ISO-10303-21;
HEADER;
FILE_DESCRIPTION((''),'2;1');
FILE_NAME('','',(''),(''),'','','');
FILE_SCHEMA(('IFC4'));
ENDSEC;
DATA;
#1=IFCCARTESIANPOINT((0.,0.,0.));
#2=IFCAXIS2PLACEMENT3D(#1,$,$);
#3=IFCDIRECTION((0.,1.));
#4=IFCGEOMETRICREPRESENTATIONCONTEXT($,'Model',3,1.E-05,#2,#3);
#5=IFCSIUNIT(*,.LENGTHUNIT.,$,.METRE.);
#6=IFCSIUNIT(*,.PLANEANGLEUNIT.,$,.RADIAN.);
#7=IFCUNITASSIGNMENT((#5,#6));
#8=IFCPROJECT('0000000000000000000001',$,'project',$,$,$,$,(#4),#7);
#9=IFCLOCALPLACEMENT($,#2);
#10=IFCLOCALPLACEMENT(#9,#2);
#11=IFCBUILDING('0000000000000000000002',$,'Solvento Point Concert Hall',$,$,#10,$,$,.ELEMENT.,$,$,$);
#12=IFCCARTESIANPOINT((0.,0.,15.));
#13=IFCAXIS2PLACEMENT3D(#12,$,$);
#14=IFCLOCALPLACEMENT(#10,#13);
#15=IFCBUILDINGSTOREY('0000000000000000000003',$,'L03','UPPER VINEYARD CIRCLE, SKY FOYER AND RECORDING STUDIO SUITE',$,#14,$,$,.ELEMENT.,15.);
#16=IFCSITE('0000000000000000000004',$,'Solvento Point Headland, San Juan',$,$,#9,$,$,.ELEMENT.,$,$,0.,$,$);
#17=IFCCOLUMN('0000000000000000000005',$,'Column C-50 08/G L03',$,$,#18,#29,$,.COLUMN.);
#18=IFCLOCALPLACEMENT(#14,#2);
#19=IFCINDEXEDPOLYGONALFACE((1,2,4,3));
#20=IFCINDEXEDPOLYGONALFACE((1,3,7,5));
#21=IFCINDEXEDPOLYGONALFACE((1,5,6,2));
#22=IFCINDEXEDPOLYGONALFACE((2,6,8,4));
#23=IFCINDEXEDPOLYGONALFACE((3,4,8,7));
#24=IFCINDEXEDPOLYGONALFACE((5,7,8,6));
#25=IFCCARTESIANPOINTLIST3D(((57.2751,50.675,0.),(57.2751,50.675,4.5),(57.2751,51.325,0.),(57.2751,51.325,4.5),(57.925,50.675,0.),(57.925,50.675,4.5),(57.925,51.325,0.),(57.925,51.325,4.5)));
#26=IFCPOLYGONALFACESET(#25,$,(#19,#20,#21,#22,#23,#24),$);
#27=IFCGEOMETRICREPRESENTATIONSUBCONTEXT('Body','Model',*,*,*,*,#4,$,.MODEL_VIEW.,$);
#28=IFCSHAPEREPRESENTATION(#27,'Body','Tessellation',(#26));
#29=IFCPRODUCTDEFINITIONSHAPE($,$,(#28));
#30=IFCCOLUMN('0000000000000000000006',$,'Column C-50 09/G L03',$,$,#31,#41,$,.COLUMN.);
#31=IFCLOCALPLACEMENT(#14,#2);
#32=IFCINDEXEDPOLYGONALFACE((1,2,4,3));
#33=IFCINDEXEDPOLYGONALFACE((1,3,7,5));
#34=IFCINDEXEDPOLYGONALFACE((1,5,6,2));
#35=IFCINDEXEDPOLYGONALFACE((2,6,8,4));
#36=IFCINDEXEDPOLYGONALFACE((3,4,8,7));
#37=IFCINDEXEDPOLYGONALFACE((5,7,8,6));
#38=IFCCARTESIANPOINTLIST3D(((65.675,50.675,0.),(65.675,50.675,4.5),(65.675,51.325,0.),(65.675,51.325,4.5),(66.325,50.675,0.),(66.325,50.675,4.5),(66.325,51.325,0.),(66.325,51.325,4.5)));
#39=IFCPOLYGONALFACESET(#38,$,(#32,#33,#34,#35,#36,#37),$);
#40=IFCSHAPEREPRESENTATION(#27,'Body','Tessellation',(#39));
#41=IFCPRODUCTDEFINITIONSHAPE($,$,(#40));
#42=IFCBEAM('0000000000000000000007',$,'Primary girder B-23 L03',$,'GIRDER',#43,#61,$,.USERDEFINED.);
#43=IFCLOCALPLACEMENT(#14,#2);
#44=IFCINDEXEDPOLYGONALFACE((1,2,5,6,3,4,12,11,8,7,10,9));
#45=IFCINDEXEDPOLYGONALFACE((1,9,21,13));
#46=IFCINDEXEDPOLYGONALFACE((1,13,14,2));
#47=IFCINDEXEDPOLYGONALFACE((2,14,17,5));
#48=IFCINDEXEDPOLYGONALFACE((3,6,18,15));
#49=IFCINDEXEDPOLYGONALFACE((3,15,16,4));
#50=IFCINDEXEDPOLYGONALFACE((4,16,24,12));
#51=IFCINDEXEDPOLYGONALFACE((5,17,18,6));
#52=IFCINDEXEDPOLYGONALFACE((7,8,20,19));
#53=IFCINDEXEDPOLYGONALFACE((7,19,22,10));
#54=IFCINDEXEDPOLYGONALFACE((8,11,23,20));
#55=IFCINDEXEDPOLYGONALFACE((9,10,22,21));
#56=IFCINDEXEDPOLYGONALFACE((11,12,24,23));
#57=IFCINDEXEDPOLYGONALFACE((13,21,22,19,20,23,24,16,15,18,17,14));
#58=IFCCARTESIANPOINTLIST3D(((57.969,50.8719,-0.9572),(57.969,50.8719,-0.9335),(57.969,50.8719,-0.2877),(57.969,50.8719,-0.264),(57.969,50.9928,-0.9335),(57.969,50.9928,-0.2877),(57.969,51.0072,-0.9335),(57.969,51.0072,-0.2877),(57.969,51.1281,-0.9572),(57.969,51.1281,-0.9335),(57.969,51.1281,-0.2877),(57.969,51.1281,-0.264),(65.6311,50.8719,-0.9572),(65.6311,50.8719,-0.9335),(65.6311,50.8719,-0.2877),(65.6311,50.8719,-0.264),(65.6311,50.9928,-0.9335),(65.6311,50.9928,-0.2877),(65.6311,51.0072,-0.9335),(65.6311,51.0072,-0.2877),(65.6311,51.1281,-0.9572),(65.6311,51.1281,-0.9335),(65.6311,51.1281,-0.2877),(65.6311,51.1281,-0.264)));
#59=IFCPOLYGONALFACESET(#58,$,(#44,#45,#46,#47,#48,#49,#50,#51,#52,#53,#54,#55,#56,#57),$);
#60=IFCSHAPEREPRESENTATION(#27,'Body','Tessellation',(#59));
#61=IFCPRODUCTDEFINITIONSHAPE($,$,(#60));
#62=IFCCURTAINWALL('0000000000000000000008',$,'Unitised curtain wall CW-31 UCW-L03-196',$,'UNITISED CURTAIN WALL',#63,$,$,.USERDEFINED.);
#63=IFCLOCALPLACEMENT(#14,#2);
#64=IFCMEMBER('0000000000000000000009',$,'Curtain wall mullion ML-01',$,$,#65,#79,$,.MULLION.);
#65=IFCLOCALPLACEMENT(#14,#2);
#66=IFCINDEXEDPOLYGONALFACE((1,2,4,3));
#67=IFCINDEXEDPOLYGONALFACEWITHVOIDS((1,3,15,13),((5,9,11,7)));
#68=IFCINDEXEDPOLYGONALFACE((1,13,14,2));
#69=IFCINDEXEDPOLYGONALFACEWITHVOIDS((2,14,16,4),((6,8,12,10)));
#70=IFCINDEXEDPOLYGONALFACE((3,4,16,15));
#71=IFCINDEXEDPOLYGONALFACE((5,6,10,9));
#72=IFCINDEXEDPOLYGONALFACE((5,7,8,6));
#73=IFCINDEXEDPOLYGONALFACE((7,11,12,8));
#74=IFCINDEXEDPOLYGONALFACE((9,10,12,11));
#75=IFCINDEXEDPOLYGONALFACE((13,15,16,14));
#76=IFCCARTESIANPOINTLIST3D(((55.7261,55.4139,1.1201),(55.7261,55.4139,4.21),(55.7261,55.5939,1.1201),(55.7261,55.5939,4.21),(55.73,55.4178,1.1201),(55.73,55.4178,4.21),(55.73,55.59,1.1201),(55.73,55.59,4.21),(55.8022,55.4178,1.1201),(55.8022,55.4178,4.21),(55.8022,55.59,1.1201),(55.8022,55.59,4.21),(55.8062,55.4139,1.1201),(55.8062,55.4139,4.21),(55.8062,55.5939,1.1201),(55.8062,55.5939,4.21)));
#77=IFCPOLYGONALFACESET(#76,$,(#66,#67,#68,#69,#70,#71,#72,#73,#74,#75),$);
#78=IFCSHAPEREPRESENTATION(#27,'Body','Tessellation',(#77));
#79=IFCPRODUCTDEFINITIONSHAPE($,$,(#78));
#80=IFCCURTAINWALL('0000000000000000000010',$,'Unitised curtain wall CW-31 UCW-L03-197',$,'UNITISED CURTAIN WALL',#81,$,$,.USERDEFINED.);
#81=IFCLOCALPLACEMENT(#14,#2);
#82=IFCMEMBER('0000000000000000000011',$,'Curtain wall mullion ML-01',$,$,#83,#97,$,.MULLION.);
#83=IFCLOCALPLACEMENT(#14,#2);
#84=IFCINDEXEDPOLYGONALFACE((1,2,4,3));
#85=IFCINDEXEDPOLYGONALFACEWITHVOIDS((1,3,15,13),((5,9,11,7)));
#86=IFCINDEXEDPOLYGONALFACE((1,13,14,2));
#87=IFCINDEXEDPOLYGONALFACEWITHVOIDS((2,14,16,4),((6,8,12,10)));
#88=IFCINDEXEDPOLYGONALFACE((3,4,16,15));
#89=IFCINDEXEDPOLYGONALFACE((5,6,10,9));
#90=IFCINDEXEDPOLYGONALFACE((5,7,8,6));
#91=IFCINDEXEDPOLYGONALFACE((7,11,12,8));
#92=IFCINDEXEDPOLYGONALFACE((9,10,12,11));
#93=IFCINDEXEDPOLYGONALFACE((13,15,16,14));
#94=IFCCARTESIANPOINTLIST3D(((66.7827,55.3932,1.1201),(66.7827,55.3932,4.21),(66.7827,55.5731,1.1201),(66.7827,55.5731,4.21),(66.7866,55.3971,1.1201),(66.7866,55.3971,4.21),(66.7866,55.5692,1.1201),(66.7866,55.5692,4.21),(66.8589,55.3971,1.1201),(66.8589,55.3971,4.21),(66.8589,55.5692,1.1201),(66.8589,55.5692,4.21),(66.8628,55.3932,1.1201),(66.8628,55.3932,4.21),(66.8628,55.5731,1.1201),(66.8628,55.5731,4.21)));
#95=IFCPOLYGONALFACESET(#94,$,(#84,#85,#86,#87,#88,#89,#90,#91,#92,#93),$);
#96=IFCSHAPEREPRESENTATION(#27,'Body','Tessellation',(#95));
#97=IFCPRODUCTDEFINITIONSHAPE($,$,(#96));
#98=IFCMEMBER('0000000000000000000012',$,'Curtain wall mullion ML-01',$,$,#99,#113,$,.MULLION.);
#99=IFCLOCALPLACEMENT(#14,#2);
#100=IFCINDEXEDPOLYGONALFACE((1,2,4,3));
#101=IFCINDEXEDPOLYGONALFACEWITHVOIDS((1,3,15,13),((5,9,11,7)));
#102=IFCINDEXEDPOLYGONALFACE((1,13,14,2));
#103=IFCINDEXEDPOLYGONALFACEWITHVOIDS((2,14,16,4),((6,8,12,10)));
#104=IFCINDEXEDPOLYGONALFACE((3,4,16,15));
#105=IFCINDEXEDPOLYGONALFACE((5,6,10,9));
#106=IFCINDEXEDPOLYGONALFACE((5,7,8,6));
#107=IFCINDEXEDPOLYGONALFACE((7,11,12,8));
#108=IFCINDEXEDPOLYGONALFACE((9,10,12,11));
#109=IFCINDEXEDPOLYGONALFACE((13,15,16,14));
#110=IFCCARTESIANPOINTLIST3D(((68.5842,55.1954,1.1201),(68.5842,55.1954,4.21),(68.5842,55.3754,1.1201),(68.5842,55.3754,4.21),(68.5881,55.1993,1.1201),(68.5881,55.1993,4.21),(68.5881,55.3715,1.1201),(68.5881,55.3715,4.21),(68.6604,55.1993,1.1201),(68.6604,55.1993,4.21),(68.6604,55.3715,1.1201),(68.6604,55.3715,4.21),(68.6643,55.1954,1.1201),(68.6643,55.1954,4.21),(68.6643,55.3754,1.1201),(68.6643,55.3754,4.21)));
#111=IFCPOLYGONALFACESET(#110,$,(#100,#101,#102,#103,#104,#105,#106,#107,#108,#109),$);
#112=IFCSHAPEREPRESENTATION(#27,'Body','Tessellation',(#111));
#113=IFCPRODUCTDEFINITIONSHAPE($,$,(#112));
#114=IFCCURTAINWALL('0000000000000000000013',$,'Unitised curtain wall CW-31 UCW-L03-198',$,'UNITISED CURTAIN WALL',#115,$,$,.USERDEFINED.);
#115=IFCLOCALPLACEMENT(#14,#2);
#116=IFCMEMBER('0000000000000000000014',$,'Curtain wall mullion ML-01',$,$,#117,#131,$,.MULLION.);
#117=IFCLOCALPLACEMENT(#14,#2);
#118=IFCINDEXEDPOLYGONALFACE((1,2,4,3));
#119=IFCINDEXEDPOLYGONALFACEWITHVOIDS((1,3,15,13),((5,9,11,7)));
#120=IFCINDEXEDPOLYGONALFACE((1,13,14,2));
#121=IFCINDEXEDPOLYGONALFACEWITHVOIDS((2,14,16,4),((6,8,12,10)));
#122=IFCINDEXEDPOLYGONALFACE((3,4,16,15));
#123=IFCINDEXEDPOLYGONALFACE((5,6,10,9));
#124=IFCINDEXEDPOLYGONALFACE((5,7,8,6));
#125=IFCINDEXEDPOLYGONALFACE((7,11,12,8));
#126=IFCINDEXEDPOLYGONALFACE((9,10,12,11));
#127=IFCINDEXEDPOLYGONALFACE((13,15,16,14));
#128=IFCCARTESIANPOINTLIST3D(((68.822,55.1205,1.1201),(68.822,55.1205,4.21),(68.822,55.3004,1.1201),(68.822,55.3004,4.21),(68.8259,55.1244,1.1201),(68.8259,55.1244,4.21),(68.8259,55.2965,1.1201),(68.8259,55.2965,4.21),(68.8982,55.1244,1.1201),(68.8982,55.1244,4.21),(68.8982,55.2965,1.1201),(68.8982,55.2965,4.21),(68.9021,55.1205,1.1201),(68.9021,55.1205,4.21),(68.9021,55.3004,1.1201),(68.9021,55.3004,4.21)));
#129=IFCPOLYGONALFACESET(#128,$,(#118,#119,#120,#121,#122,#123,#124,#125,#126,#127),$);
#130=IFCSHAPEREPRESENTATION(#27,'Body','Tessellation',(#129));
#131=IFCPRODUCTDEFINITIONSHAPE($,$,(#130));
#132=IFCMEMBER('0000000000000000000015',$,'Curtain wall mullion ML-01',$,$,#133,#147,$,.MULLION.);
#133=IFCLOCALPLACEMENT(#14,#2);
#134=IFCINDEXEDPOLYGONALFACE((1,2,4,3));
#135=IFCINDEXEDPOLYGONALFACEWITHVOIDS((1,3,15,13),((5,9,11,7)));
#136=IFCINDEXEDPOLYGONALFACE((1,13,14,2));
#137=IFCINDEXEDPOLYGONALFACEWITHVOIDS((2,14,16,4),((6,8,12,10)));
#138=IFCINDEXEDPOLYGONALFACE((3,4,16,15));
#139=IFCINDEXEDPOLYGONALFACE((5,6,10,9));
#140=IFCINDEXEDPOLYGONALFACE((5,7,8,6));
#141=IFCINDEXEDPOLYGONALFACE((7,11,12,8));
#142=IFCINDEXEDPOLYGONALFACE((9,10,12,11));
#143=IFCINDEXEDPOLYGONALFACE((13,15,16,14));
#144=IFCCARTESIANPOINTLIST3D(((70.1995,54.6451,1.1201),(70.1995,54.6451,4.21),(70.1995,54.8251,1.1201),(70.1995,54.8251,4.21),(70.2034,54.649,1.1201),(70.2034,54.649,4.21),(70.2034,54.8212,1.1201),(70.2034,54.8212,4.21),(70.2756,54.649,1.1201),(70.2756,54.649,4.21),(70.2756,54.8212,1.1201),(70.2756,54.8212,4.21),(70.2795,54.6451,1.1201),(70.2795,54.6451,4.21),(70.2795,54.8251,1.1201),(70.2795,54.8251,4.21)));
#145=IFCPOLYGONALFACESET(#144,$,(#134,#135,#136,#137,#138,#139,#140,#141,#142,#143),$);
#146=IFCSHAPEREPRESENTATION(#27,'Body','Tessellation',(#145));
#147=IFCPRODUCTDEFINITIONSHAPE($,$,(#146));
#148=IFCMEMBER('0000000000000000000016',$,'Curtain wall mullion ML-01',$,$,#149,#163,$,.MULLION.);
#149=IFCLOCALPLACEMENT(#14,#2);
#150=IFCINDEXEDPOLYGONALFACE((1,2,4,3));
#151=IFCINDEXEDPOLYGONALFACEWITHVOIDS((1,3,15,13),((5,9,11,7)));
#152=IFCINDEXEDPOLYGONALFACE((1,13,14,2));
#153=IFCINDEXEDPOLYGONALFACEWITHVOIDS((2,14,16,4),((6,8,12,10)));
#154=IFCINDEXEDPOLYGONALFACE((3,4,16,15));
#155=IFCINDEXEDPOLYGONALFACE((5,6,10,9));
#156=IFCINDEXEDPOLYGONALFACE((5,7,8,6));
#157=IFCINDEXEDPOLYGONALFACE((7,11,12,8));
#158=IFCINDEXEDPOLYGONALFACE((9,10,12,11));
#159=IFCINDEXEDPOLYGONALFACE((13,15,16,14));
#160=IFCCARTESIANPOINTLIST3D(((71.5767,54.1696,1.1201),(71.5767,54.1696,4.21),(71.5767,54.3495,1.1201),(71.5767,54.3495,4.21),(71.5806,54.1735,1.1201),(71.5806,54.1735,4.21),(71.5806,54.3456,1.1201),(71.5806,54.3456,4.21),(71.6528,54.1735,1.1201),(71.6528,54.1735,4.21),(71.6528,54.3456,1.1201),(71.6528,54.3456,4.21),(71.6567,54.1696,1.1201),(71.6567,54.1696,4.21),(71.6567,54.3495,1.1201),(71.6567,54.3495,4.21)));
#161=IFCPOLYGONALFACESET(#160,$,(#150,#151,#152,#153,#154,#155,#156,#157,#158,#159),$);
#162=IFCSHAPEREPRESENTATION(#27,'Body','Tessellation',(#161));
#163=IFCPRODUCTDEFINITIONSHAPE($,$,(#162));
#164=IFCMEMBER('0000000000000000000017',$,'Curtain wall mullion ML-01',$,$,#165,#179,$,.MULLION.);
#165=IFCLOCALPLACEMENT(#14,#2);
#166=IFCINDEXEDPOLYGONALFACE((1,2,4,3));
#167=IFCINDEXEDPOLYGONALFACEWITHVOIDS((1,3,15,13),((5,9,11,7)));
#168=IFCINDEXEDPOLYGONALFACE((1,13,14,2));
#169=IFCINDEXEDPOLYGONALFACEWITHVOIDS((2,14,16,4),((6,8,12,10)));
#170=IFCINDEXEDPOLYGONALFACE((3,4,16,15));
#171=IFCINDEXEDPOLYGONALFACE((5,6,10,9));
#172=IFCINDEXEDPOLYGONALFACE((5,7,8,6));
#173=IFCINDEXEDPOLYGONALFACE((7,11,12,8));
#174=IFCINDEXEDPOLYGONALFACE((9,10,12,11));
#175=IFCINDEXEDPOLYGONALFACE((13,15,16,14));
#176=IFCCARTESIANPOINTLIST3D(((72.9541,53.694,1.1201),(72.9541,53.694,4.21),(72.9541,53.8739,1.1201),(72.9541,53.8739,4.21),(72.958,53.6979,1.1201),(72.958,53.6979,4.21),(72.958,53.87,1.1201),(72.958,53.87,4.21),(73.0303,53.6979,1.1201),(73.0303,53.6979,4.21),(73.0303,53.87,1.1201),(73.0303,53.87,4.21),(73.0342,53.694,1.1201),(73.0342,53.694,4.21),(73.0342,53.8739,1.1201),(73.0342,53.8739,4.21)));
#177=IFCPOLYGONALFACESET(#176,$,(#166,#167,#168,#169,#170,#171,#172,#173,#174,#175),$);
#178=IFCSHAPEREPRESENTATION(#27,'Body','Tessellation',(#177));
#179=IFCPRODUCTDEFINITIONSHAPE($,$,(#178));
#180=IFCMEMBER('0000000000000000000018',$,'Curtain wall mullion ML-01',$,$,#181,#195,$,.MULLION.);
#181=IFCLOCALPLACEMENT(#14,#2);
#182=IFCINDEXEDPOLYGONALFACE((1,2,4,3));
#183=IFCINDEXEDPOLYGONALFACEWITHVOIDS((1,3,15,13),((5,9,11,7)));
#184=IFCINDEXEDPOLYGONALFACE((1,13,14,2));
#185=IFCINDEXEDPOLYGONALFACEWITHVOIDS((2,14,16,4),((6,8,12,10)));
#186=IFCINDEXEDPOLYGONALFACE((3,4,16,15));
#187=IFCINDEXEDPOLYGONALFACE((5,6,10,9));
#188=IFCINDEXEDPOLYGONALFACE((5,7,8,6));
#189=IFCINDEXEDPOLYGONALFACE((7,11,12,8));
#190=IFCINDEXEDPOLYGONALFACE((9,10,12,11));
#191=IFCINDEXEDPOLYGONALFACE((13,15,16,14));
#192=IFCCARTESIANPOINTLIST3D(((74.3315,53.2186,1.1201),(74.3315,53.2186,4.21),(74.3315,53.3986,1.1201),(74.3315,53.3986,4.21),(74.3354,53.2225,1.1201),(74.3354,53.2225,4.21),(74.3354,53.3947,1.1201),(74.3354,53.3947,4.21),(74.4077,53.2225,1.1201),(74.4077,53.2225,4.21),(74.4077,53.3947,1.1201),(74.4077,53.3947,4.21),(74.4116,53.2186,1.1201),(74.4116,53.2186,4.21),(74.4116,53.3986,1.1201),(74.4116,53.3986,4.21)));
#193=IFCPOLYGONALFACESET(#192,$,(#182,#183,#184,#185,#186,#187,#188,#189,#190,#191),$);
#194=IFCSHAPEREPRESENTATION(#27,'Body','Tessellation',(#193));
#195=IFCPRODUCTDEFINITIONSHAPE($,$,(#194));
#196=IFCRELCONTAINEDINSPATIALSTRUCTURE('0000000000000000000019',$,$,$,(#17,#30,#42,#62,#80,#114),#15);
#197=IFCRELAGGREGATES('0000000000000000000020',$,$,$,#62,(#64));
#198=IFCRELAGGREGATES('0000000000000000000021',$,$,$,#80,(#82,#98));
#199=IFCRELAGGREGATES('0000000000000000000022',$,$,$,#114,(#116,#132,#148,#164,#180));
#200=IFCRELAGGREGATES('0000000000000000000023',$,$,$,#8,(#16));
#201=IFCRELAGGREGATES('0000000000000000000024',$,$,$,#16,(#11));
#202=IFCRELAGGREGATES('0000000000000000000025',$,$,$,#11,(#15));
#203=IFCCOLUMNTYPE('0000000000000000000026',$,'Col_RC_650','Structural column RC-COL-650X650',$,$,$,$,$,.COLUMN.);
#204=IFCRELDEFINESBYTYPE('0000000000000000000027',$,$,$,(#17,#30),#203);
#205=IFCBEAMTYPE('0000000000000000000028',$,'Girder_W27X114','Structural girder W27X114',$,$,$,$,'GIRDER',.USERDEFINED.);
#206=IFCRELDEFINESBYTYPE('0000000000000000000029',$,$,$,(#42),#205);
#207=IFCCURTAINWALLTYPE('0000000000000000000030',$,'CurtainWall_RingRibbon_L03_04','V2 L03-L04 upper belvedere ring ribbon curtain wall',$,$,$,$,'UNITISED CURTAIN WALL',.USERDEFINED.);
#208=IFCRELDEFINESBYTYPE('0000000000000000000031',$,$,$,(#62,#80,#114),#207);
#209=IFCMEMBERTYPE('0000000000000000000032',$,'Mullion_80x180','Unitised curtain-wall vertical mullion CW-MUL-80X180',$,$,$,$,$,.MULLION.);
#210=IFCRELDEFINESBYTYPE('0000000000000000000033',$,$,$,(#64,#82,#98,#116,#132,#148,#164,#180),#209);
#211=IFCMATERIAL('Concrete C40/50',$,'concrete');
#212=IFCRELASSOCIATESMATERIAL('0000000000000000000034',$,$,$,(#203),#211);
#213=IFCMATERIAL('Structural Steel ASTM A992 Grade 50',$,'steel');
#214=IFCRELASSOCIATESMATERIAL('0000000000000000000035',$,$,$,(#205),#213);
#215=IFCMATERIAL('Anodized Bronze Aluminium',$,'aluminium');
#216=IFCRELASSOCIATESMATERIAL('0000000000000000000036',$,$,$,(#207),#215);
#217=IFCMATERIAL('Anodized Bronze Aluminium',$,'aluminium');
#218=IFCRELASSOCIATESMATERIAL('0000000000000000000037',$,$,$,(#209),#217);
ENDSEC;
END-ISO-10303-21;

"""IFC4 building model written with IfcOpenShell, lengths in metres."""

from ifc_helpers import new_model, si_unit, direction, frame, origin, origin_2d, place, context, subcontext, project, spatial, rectangle, hollow_rectangle, i_section, extrude, material, material_profile, profile_set, type_object, element, aggregate, save


model = new_model("IFC4")

# Units and contexts
model_context = context("Model", 3, precision=1e-05, world=origin(), true_north=direction((0.0, 1.0)))
body_context = subcontext(model_context, "Body", "Model", "MODEL_VIEW")
ifc_project = project(units=[si_unit("LENGTHUNIT", "METRE"), si_unit("PLANEANGLEUNIT", "RADIAN")], contexts=[model_context])

# Site, building, storey
site_placement = place(None, origin())
site = spatial("IfcSite", under=ifc_project, at=site_placement, Name="Solvento Point Headland, San Juan", CompositionType="ELEMENT", RefElevation=0.0)
building_placement = place(site_placement, origin())
building = spatial("IfcBuilding", under=site, at=building_placement, Name="Solvento Point Concert Hall", CompositionType="ELEMENT")
storey_placement = place(building_placement, frame((0.0, 0.0, 15.0)))
storey = spatial("IfcBuildingStorey", under=building, at=storey_placement, Name="L03", Description="UPPER VINEYARD CIRCLE, SKY FOYER AND RECORDING STUDIO SUITE", CompositionType="ELEMENT", Elevation=15.0)

# Columns
ifc_material_1 = material(Name="Concrete C40/50", Category="concrete")
ifc_material_profile_1 = material_profile(ifc_material_1, rectangle(XDim=0.6499, YDim=0.6499, at=origin_2d()), Name="RC-COL-650X650")
ifc_profile_set_1 = profile_set([ifc_material_profile_1], Name="Concrete C40/50")
column_type = type_object("IfcColumnType", Name="Col_RC_650", Description="Structural column RC-COL-650X650", PredefinedType="COLUMN", material=ifc_profile_set_1)
for number, where, z_axis, x_axis, name in (
    (1, (57.6001, 51.0, 0.0), (0.0, 0.0, 1.0), (1.0, 0.0, 0.0), "Column C-50 08/G L03"),
    (2, (66.0, 51.0, 0.0), (0.0, 0.0, 1.0), (1.0, 0.0, 0.0), "Column C-50 09/G L03"),
):
    element("IfcColumn", number, at=place(storey_placement, frame(where, z_axis=z_axis, x_axis=x_axis)), inside=storey, type_object=column_type, Name=name, PredefinedType="COLUMN", context=body_context, shape_type="SweptSolid", body=[
        extrude(rectangle(XDim=0.6499, YDim=0.6499, at=origin_2d()), origin(), (0.0, 0.0, 1.0), 4.5),
    ])

# Beam
ifc_material_2 = material(Name="Structural Steel ASTM A992 Grade 50", Category="steel")
ifc_material_profile_2 = material_profile(ifc_material_2, i_section(OverallWidth=0.2561, OverallDepth=0.6931, WebThickness=0.0144, FlangeThickness=0.0237, at=origin_2d()), Name="W27X114")
ifc_profile_set_2 = profile_set([ifc_material_profile_2], Name="Structural Steel ASTM A992 Grade 50")
beam_type = type_object("IfcBeamType", Name="Girder_W27X114", Description="Structural girder W27X114", ElementType="GIRDER", PredefinedType="USERDEFINED", material=ifc_profile_set_2)
beam_placement = place(storey_placement, frame((57.969, 51.0, -0.6106), z_axis=(1.0, 0.0, 0.0), x_axis=(0.0, 1.0, 0.0)))
element("IfcBeam", 3, at=beam_placement, inside=storey, type_object=beam_type, Name="Primary girder B-23 L03", ObjectType="GIRDER", PredefinedType="USERDEFINED", context=body_context, shape_type="SweptSolid", body=[
    extrude(i_section(OverallWidth=0.2561, OverallDepth=0.6931, WebThickness=0.0144, FlangeThickness=0.0237, at=origin_2d()), origin(), (0.0, 0.0, 1.0), 7.6621),
])

# Curtain wall, member
ifc_material_3 = material(Name="Anodized Bronze Aluminium", Category="aluminium")
curtain_wall_type = type_object("IfcCurtainWallType", Name="CurtainWall_RingRibbon_L03_04", Description="V2 L03-L04 upper belvedere ring ribbon curtain wall", ElementType="UNITISED CURTAIN WALL", PredefinedType="USERDEFINED", material=ifc_material_3)
curtain_wall_1_placement = place(storey_placement, origin())
curtain_wall_1 = element("IfcCurtainWall", 4, at=curtain_wall_1_placement, inside=storey, type_object=curtain_wall_type, Name="Unitised curtain wall CW-31 UCW-L03-196", ObjectType="UNITISED CURTAIN WALL", PredefinedType="USERDEFINED")
ifc_material_4 = material(Name="Anodized Bronze Aluminium", Category="aluminium")
ifc_material_profile_3 = material_profile(ifc_material_4, hollow_rectangle(XDim=0.0801, YDim=0.1799, WallThickness=0.0039, at=origin_2d()), Name="CW-MUL-80X180")
ifc_profile_set_3 = profile_set([ifc_material_profile_3], Name="Anodized Bronze Aluminium")
member_type_1 = type_object("IfcMemberType", Name="Mullion_80x180", Description="Unitised curtain-wall vertical mullion CW-MUL-80X180", PredefinedType="MULLION", material=ifc_profile_set_3)
member_1_placement = place(storey_placement, frame((55.7661, 55.5039, 1.1201), z_axis=(0.0, 0.0, 1.0), x_axis=(1.0, 0.0, 0.0)))
member_1 = element("IfcMember", 5, at=member_1_placement, type_object=member_type_1, Name="Curtain wall mullion ML-01", PredefinedType="MULLION", context=body_context, shape_type="SweptSolid", body=[
    extrude(hollow_rectangle(XDim=0.0801, YDim=0.1799, WallThickness=0.0039, at=origin_2d()), origin(), (0.0, 0.0, 1.0), 3.0898),
])

# Curtain walls, members
curtain_wall_2_placement = place(storey_placement, origin())
curtain_wall_2 = element("IfcCurtainWall", 6, at=curtain_wall_2_placement, inside=storey, type_object=curtain_wall_type, Name="Unitised curtain wall CW-31 UCW-L03-197", ObjectType="UNITISED CURTAIN WALL", PredefinedType="USERDEFINED")
member_2_placement = place(storey_placement, frame((66.8228, 55.4832, 1.1201), z_axis=(0.0, 0.0, 1.0), x_axis=(1.0, 0.0, 0.0)))
member_2 = element("IfcMember", 7, at=member_2_placement, type_object=member_type_1, Name="Curtain wall mullion ML-01", PredefinedType="MULLION", context=body_context, shape_type="SweptSolid", body=[
    extrude(hollow_rectangle(XDim=0.0801, YDim=0.1799, WallThickness=0.0039, at=origin_2d()), origin(), (0.0, 0.0, 1.0), 3.0898),
])
member_3_placement = place(storey_placement, frame((68.6243, 55.2854, 1.1201), z_axis=(0.0, 0.0, 1.0), x_axis=(1.0, 0.0, 0.0)))
member_3 = element("IfcMember", 8, at=member_3_placement, type_object=member_type_1, Name="Curtain wall mullion ML-01", PredefinedType="MULLION", context=body_context, shape_type="SweptSolid", body=[
    extrude(hollow_rectangle(XDim=0.0801, YDim=0.1799, WallThickness=0.0039, at=origin_2d()), origin(), (0.0, 0.0, 1.0), 3.0898),
])
curtain_wall_3_placement = place(storey_placement, origin())
curtain_wall_3 = element("IfcCurtainWall", 9, at=curtain_wall_3_placement, inside=storey, type_object=curtain_wall_type, Name="Unitised curtain wall CW-31 UCW-L03-198", ObjectType="UNITISED CURTAIN WALL", PredefinedType="USERDEFINED")
member_4_placement = place(storey_placement, frame((68.8621, 55.2104, 1.1201), z_axis=(0.0, 0.0, 1.0), x_axis=(1.0, 0.0, 0.0)))
member_4 = element("IfcMember", 10, at=member_4_placement, type_object=member_type_1, Name="Curtain wall mullion ML-01", PredefinedType="MULLION", context=body_context, shape_type="SweptSolid", body=[
    extrude(hollow_rectangle(XDim=0.0801, YDim=0.1799, WallThickness=0.0039, at=origin_2d()), origin(), (0.0, 0.0, 1.0), 3.0898),
])
member_5_placement = place(storey_placement, frame((70.2395, 54.7351, 1.1201), z_axis=(0.0, 0.0, 1.0), x_axis=(1.0, 0.0, 0.0)))
member_5 = element("IfcMember", 11, at=member_5_placement, type_object=member_type_1, Name="Curtain wall mullion ML-01", PredefinedType="MULLION", context=body_context, shape_type="SweptSolid", body=[
    extrude(hollow_rectangle(XDim=0.0801, YDim=0.1799, WallThickness=0.0039, at=origin_2d()), origin(), (0.0, 0.0, 1.0), 3.0898),
])
member_6_placement = place(storey_placement, frame((71.6167, 54.2595, 1.1201), z_axis=(0.0, 0.0, 1.0), x_axis=(1.0, 0.0, 0.0)))
member_6 = element("IfcMember", 12, at=member_6_placement, type_object=member_type_1, Name="Curtain wall mullion ML-01", PredefinedType="MULLION", context=body_context, shape_type="SweptSolid", body=[
    extrude(hollow_rectangle(XDim=0.0801, YDim=0.1799, WallThickness=0.0039, at=origin_2d()), origin(), (0.0, 0.0, 1.0), 3.0898),
])
member_7_placement = place(storey_placement, frame((72.9941, 53.7839, 1.1201), z_axis=(0.0, 0.0, 1.0), x_axis=(1.0, 0.0, 0.0)))
member_7 = element("IfcMember", 13, at=member_7_placement, type_object=member_type_1, Name="Curtain wall mullion ML-01", PredefinedType="MULLION", context=body_context, shape_type="SweptSolid", body=[
    extrude(hollow_rectangle(XDim=0.0801, YDim=0.1799, WallThickness=0.0039, at=origin_2d()), origin(), (0.0, 0.0, 1.0), 3.0898),
])
member_8_placement = place(storey_placement, frame((74.3716, 53.3086, 1.1201), z_axis=(0.0, 0.0, 1.0), x_axis=(1.0, 0.0, 0.0)))
member_8 = element("IfcMember", 14, at=member_8_placement, type_object=member_type_1, Name="Curtain wall mullion ML-01", PredefinedType="MULLION", context=body_context, shape_type="SweptSolid", body=[
    extrude(hollow_rectangle(XDim=0.0801, YDim=0.1799, WallThickness=0.0039, at=origin_2d()), origin(), (0.0, 0.0, 1.0), 3.0898),
])

aggregate(curtain_wall_1, [member_1])
aggregate(curtain_wall_2, [member_2, member_3])
aggregate(curtain_wall_3, [member_4, member_5, member_6, member_7, member_8])

save(model, "model.ifc")
